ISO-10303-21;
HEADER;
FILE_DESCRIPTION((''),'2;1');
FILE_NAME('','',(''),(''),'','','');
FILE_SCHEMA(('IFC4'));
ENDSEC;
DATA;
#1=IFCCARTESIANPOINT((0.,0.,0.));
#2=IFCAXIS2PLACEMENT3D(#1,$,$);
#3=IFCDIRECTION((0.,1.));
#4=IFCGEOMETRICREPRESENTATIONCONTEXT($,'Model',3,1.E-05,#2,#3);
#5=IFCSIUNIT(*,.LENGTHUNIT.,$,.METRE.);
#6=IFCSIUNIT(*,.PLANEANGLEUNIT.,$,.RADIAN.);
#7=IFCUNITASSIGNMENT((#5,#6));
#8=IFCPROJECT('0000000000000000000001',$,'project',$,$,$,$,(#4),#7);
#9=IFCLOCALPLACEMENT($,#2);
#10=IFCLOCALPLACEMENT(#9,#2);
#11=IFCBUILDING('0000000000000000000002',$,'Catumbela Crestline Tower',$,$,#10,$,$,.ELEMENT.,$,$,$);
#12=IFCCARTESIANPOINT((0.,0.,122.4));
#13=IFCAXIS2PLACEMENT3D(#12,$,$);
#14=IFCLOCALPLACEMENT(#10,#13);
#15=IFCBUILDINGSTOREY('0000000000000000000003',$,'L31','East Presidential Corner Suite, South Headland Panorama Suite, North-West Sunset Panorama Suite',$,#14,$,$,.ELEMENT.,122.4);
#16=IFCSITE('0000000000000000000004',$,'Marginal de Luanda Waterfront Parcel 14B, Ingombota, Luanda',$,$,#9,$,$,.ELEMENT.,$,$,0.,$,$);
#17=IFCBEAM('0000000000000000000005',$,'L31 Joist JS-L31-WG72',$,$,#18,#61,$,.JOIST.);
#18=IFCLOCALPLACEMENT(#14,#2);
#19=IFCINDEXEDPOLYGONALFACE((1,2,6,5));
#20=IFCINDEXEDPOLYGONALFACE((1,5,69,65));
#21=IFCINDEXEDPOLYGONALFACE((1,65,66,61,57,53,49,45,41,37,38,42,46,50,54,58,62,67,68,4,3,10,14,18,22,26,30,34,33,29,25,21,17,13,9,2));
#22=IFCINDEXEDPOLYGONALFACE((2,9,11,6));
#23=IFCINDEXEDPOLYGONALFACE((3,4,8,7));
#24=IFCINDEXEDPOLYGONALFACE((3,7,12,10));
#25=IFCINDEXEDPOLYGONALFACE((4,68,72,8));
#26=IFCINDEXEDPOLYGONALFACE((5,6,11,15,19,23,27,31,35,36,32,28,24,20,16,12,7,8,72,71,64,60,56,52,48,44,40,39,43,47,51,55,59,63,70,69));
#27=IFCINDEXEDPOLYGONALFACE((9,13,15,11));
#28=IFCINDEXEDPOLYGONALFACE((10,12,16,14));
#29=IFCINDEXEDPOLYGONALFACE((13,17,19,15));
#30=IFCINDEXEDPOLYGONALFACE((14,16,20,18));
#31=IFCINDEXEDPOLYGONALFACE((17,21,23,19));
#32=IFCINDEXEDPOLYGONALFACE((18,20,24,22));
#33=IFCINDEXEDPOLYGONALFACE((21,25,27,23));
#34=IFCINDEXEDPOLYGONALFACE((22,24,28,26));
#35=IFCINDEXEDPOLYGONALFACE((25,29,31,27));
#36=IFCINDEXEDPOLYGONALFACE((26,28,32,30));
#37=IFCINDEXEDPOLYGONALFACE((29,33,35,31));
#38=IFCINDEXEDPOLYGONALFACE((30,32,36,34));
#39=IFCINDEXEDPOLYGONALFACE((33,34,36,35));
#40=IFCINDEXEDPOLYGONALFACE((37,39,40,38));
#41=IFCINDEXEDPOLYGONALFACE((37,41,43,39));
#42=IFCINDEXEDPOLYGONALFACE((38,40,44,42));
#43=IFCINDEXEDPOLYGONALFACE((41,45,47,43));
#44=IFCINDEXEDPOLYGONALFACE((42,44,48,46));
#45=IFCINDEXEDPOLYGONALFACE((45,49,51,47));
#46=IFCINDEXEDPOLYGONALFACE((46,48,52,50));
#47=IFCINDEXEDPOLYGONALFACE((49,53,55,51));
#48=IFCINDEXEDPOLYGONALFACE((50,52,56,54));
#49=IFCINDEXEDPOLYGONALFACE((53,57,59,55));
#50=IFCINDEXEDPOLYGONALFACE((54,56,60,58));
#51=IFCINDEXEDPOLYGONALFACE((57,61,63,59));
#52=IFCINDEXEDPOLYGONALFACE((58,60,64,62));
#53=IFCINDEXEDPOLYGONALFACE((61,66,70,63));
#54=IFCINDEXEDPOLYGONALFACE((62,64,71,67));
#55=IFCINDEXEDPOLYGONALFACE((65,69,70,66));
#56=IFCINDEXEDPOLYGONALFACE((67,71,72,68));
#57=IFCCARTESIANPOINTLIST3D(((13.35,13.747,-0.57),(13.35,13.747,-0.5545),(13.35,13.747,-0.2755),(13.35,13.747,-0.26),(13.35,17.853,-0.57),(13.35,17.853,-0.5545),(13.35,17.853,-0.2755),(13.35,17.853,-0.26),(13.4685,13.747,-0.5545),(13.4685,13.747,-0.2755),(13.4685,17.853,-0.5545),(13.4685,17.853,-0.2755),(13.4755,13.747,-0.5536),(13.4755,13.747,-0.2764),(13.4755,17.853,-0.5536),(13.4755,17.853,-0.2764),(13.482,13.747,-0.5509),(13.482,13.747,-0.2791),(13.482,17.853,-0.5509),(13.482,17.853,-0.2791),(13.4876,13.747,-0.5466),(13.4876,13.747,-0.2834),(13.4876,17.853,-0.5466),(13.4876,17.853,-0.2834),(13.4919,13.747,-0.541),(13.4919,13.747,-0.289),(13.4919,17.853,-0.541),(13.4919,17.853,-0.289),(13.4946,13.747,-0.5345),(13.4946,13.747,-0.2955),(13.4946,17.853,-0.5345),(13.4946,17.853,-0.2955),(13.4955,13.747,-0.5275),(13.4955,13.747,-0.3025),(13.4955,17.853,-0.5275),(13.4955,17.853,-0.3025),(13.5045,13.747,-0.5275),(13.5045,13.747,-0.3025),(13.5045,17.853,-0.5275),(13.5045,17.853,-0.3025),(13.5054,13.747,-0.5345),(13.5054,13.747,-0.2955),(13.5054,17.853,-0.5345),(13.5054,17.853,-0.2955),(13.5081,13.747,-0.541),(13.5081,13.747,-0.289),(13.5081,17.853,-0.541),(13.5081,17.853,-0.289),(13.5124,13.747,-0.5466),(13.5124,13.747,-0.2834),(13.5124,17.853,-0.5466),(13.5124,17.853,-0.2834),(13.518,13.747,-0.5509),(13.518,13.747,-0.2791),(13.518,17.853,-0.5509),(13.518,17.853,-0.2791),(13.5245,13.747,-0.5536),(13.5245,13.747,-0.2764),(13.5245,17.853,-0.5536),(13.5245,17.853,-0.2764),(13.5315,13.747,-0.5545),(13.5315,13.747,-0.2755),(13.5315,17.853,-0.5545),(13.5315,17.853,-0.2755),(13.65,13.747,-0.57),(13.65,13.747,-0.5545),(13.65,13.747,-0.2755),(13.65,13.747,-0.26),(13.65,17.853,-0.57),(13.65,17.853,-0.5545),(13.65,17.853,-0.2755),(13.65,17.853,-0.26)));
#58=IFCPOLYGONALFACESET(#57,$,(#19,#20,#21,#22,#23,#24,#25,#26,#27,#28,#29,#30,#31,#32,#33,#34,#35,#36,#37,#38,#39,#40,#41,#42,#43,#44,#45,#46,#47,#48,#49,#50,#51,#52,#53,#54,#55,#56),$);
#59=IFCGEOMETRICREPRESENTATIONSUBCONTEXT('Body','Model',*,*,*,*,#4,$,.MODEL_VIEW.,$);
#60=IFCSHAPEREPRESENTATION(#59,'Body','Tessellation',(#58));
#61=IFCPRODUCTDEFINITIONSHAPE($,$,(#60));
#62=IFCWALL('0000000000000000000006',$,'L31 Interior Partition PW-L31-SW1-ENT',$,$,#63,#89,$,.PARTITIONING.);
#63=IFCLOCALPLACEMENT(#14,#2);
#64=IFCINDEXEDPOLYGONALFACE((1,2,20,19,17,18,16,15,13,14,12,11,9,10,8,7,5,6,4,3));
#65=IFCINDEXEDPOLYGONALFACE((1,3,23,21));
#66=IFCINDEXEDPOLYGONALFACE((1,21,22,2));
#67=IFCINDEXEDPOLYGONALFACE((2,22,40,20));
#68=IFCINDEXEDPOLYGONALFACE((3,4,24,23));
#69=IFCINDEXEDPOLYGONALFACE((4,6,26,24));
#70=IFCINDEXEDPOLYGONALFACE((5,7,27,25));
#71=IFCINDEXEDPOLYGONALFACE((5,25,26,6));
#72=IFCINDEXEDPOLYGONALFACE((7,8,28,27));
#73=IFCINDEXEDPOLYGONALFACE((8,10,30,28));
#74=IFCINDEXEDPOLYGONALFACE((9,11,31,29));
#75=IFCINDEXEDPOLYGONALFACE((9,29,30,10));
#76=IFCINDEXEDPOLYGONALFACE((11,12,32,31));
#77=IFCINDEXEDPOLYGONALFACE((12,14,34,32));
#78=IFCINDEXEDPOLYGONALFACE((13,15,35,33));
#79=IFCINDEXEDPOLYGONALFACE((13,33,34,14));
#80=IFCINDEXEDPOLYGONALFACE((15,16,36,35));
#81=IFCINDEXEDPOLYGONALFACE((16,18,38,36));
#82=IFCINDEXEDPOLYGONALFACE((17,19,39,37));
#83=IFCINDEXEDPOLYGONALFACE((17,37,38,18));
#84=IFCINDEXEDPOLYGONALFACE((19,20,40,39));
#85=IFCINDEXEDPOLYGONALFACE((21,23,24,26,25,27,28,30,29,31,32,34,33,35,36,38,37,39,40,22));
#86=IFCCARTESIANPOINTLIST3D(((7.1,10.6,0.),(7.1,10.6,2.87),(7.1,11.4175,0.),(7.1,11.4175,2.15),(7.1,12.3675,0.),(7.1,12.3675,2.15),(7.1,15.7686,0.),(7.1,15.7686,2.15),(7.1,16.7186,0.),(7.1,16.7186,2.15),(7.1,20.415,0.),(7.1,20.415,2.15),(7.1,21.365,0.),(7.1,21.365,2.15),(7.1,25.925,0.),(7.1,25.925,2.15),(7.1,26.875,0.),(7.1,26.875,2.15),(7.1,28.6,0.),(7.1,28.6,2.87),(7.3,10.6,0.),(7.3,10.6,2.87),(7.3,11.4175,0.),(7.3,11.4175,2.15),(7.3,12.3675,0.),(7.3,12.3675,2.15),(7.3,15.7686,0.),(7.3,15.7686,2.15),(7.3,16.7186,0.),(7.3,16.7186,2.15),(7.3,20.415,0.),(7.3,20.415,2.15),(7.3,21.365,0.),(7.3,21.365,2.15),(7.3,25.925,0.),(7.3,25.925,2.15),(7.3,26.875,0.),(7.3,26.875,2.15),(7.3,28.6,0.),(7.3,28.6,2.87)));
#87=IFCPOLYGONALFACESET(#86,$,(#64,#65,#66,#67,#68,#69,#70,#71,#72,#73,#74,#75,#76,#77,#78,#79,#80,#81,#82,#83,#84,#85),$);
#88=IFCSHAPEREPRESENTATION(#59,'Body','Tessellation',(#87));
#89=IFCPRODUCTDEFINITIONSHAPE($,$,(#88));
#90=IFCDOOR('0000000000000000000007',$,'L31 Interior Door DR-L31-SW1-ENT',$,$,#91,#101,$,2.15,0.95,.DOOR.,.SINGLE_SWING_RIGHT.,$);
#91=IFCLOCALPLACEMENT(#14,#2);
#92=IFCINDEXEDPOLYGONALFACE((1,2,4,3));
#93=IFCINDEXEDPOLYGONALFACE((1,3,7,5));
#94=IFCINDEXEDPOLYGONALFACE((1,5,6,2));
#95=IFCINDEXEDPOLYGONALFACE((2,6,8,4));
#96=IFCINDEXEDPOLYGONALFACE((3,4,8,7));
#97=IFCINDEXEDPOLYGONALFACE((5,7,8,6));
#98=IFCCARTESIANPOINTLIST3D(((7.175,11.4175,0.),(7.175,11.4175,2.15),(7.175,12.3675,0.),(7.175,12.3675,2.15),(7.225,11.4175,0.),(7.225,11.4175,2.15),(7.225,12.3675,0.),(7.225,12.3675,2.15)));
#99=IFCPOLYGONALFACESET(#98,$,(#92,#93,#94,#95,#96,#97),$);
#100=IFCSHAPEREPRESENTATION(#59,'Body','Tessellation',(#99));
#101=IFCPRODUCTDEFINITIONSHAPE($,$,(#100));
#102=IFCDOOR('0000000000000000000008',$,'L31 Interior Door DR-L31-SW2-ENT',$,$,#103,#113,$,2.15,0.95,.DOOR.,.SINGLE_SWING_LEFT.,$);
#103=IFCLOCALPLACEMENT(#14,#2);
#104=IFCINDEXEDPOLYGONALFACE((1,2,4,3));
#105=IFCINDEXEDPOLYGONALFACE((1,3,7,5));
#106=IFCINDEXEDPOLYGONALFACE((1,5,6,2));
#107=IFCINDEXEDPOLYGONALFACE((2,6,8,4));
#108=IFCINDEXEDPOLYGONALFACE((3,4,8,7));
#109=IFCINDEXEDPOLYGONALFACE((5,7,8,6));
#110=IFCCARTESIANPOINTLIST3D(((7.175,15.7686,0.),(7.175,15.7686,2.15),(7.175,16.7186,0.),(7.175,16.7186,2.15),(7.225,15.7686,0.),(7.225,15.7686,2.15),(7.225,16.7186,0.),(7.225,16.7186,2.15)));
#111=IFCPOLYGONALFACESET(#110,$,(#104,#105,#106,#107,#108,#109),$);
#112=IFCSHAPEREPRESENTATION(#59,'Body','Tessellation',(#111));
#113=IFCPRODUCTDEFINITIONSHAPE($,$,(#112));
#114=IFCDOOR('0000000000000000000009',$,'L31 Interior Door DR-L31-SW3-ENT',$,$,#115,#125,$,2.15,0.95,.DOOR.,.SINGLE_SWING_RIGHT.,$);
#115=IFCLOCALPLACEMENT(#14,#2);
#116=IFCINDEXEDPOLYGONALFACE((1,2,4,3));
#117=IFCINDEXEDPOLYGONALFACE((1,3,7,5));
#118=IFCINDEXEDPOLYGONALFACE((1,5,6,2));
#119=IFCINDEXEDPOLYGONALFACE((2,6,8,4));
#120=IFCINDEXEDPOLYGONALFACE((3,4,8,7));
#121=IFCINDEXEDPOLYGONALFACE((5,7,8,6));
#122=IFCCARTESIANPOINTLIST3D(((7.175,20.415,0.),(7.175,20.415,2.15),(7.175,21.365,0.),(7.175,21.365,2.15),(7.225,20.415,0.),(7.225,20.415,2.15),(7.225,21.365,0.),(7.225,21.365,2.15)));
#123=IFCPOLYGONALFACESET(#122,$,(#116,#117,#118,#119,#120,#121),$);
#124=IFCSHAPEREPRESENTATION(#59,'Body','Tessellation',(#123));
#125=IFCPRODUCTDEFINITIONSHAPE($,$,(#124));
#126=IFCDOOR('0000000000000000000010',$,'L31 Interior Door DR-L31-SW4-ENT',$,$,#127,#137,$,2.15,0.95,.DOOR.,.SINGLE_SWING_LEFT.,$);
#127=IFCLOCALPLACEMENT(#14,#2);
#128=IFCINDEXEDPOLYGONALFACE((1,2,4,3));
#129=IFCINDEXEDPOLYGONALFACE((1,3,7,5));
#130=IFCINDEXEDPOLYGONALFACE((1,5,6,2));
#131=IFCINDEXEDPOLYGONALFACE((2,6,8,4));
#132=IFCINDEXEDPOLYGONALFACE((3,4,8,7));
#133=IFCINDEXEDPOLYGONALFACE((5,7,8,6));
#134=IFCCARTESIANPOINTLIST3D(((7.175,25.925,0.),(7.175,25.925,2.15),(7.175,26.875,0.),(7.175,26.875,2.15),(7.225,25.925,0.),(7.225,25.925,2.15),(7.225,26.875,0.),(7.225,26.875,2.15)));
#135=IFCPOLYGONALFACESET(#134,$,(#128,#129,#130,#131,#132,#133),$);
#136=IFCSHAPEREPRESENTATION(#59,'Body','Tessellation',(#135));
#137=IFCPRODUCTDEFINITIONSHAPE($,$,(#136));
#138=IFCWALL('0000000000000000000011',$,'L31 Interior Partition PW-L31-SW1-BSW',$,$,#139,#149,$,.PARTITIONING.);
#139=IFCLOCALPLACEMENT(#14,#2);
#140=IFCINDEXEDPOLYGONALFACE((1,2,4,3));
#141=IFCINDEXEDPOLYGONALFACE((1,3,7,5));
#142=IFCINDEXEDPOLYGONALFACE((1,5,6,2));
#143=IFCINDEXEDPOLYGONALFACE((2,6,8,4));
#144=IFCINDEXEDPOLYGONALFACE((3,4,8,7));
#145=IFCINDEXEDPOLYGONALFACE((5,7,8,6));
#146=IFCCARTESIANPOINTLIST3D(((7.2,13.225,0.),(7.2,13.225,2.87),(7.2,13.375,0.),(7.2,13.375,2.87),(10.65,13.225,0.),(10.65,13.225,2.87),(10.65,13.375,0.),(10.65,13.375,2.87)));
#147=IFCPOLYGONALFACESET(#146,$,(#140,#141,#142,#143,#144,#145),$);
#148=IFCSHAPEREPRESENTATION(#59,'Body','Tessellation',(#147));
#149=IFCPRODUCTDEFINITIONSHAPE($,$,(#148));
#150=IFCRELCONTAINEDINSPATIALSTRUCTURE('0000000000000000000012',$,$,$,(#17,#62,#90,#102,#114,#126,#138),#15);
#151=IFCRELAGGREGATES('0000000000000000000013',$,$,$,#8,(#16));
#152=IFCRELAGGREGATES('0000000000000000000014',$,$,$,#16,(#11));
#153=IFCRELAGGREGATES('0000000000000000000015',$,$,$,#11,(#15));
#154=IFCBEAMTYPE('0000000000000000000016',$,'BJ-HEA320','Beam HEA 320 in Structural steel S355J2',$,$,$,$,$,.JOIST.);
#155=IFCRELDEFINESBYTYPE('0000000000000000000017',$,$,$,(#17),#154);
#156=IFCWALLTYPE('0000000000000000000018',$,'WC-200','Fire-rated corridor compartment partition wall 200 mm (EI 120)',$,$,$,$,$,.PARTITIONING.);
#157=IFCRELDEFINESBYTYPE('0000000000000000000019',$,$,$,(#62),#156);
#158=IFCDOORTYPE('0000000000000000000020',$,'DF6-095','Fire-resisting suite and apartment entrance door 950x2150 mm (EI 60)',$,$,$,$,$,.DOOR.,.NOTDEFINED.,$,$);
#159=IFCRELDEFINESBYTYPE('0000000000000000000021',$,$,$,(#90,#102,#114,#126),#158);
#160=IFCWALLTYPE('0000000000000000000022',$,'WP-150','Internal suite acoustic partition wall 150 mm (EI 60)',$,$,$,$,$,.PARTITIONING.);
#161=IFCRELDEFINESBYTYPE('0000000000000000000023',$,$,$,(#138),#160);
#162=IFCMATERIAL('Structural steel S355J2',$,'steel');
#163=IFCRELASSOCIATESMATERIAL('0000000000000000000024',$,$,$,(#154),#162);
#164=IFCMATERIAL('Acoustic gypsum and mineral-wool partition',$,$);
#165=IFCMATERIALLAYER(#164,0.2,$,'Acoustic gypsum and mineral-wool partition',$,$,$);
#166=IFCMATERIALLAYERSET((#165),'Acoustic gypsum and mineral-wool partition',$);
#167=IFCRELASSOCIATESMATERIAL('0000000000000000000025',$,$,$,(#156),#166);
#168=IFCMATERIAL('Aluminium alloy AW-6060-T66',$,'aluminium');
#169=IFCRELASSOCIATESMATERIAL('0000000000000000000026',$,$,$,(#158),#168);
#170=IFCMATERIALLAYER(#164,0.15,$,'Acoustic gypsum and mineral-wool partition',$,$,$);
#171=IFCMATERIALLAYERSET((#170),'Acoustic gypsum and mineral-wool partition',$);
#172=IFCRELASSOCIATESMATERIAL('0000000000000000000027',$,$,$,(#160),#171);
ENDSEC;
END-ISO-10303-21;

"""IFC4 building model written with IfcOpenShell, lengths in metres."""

from ifc_helpers import new_model, si_unit, direction, frame, frame_2d, origin, origin_2d, place, context, subcontext, project, spatial, rectangle, i_section, extrude, material, layer, layer_set, material_profile, profile_set, type_object, element, fill, save


model = new_model("IFC4")

# Units and contexts
model_context = context("Model", 3, precision=1e-05, world=origin(), true_north=direction((0.0, 1.0)))
body_context = subcontext(model_context, "Body", "Model", "MODEL_VIEW")
ifc_project = project(units=[si_unit("LENGTHUNIT", "METRE"), si_unit("PLANEANGLEUNIT", "RADIAN")], contexts=[model_context])

# Site, building, storey
site_placement = place(None, origin())
site = spatial("IfcSite", under=ifc_project, at=site_placement, Name="Marginal de Luanda Waterfront Parcel 14B, Ingombota, Luanda", CompositionType="ELEMENT", RefElevation=0.0)
building_placement = place(site_placement, origin())
building = spatial("IfcBuilding", under=site, at=building_placement, Name="Catumbela Crestline Tower", CompositionType="ELEMENT")
storey_placement = place(building_placement, frame((0.0, 0.0, 122.4)))
storey = spatial("IfcBuildingStorey", under=building, at=storey_placement, Name="L31", Description="East Presidential Corner Suite, South Headland Panorama Suite, North-West Sunset Panorama Suite", CompositionType="ELEMENT", Elevation=122.4)

# Beam
ifc_material_1 = material(Name="Structural steel S355J2", Category="steel")
ifc_material_profile_1 = material_profile(ifc_material_1, i_section(OverallWidth=0.3, OverallDepth=0.31, WebThickness=0.009, FlangeThickness=0.0155, FilletRadius=0.027, at=origin_2d()), Name="HEA 320")
ifc_profile_set_1 = profile_set([ifc_material_profile_1], Name="Structural steel S355J2")
beam_type_1 = type_object("IfcBeamType", Name="BJ-HEA320", Description="Beam HEA 320 in Structural steel S355J2", PredefinedType="JOIST", material=ifc_profile_set_1)
for number, where, z_axis, x_axis, name in (
    (1, (13.5, 13.747, -0.415), (0.0, 1.0, 0.0), (-1.0, 0.0, 0.0), "L31 Joist JS-L31-WG72"),
):
    element("IfcBeam", number, at=place(storey_placement, frame(where, z_axis=z_axis, x_axis=x_axis)), inside=storey, type_object=beam_type_1, Name=name, PredefinedType="JOIST", context=body_context, shape_type="SweptSolid", body=[
        extrude(i_section(OverallWidth=0.3, OverallDepth=0.31, WebThickness=0.009, FlangeThickness=0.0155, FilletRadius=0.027, at=origin_2d()), origin(), (0.0, 0.0, 1.0), 4.106),
    ])

# Wall, openings, doors
ifc_material_2 = material(Name="Acoustic gypsum and mineral-wool partition")
ifc_layer_1 = layer(ifc_material_2, 0.2, Name="Acoustic gypsum and mineral-wool partition")
ifc_layer_set_1 = layer_set([ifc_layer_1], Name="Acoustic gypsum and mineral-wool partition")
wall_type_1 = type_object("IfcWallType", Name="WC-200", Description="Fire-rated corridor compartment partition wall 200 mm (EI 120)", PredefinedType="PARTITIONING", material=ifc_layer_set_1)
wall_1_placement = place(storey_placement, frame((7.2, 10.6, 0.0), z_axis=(0.0, 0.0, 1.0), x_axis=(0.0, 1.0, 0.0)))
wall_1 = element("IfcWall", 2, at=wall_1_placement, inside=storey, type_object=wall_type_1, Name="L31 Interior Partition PW-L31-SW1-ENT", PredefinedType="PARTITIONING", context=body_context, shape_type="SweptSolid", body=[
    extrude(rectangle(XDim=18.0, YDim=0.2, at=frame_2d((9.0, 0.0))), origin(), (0.0, 0.0, 1.0), 2.87),
])
opening_1_placement = place(wall_1_placement, frame((0.8175, 0.0, 0.0)))
opening_1 = element("IfcOpeningElement", 3, at=opening_1_placement, cuts=wall_1, PredefinedType="OPENING", context=body_context, shape_type="SweptSolid", body=[
    extrude(rectangle(XDim=0.95, YDim=2.15, at=frame_2d((0.475, 1.075))), frame((0.0, 0.11, 0.0), z_axis=(0.0, -1.0, 0.0), x_axis=(1.0, 0.0, 0.0)), (0.0, 0.0, 1.0), 0.22),
])
opening_2_placement = place(wall_1_placement, frame((5.1686, 0.0, 0.0)))
opening_2 = element("IfcOpeningElement", 4, at=opening_2_placement, cuts=wall_1, PredefinedType="OPENING", context=body_context, shape_type="SweptSolid", body=[
    extrude(rectangle(XDim=0.95, YDim=2.15, at=frame_2d((0.475, 1.075))), frame((0.0, 0.11, 0.0), z_axis=(0.0, -1.0, 0.0), x_axis=(1.0, 0.0, 0.0)), (0.0, 0.0, 1.0), 0.22),
])
opening_3_placement = place(wall_1_placement, frame((9.815, 0.0, 0.0)))
opening_3 = element("IfcOpeningElement", 5, at=opening_3_placement, cuts=wall_1, PredefinedType="OPENING", context=body_context, shape_type="SweptSolid", body=[
    extrude(rectangle(XDim=0.95, YDim=2.15, at=frame_2d((0.475, 1.075))), frame((0.0, 0.11, 0.0), z_axis=(0.0, -1.0, 0.0), x_axis=(1.0, 0.0, 0.0)), (0.0, 0.0, 1.0), 0.22),
])
opening_4_placement = place(wall_1_placement, frame((15.325, 0.0, 0.0)))
opening_4 = element("IfcOpeningElement", 6, at=opening_4_placement, cuts=wall_1, PredefinedType="OPENING", context=body_context, shape_type="SweptSolid", body=[
    extrude(rectangle(XDim=0.95, YDim=2.15, at=frame_2d((0.475, 1.075))), frame((0.0, 0.11, 0.0), z_axis=(0.0, -1.0, 0.0), x_axis=(1.0, 0.0, 0.0)), (0.0, 0.0, 1.0), 0.22),
])
ifc_material_3 = material(Name="Aluminium alloy AW-6060-T66", Category="aluminium")
door_type_1 = type_object("IfcDoorType", Name="DF6-095", Description="Fire-resisting suite and apartment entrance door 950x2150 mm (EI 60)", OperationType="NOTDEFINED", PredefinedType="DOOR", material=ifc_material_3)
door_1_placement = place(opening_1_placement, origin())
door_1 = element("IfcDoor", 7, at=door_1_placement, inside=storey, type_object=door_type_1, Name="L31 Interior Door DR-L31-SW1-ENT", OperationType="SINGLE_SWING_RIGHT", OverallHeight=2.15, OverallWidth=0.95, PredefinedType="DOOR", context=body_context, shape_type="SweptSolid", body=[
    extrude(rectangle(XDim=0.95, YDim=2.15, at=frame_2d((0.475, 1.075))), frame((0.0, 0.025, 0.0), z_axis=(0.0, -1.0, 0.0), x_axis=(1.0, 0.0, 0.0)), (0.0, 0.0, 1.0), 0.05),
])
fill(opening_1, door_1)
door_2_placement = place(opening_2_placement, origin())
door_2 = element("IfcDoor", 8, at=door_2_placement, inside=storey, type_object=door_type_1, Name="L31 Interior Door DR-L31-SW2-ENT", OperationType="SINGLE_SWING_LEFT", OverallHeight=2.15, OverallWidth=0.95, PredefinedType="DOOR", context=body_context, shape_type="SweptSolid", body=[
    extrude(rectangle(XDim=0.95, YDim=2.15, at=frame_2d((0.475, 1.075))), frame((0.0, 0.025, 0.0), z_axis=(0.0, -1.0, 0.0), x_axis=(1.0, 0.0, 0.0)), (0.0, 0.0, 1.0), 0.05),
])
fill(opening_2, door_2)
door_3_placement = place(opening_3_placement, origin())
door_3 = element("IfcDoor", 9, at=door_3_placement, inside=storey, type_object=door_type_1, Name="L31 Interior Door DR-L31-SW3-ENT", OperationType="SINGLE_SWING_RIGHT", OverallHeight=2.15, OverallWidth=0.95, PredefinedType="DOOR", context=body_context, shape_type="SweptSolid", body=[
    extrude(rectangle(XDim=0.95, YDim=2.15, at=frame_2d((0.475, 1.075))), frame((0.0, 0.025, 0.0), z_axis=(0.0, -1.0, 0.0), x_axis=(1.0, 0.0, 0.0)), (0.0, 0.0, 1.0), 0.05),
])
fill(opening_3, door_3)
door_4_placement = place(opening_4_placement, origin())
door_4 = element("IfcDoor", 10, at=door_4_placement, inside=storey, type_object=door_type_1, Name="L31 Interior Door DR-L31-SW4-ENT", OperationType="SINGLE_SWING_LEFT", OverallHeight=2.15, OverallWidth=0.95, PredefinedType="DOOR", context=body_context, shape_type="SweptSolid", body=[
    extrude(rectangle(XDim=0.95, YDim=2.15, at=frame_2d((0.475, 1.075))), frame((0.0, 0.025, 0.0), z_axis=(0.0, -1.0, 0.0), x_axis=(1.0, 0.0, 0.0)), (0.0, 0.0, 1.0), 0.05),
])
fill(opening_4, door_4)

# Wall
ifc_layer_2 = layer(ifc_material_2, 0.15, Name="Acoustic gypsum and mineral-wool partition")
ifc_layer_set_2 = layer_set([ifc_layer_2], Name="Acoustic gypsum and mineral-wool partition")
wall_type_2 = type_object("IfcWallType", Name="WP-150", Description="Internal suite acoustic partition wall 150 mm (EI 60)", PredefinedType="PARTITIONING", material=ifc_layer_set_2)
wall_2_placement = place(storey_placement, frame((7.2, 13.3, 0.0), z_axis=(0.0, 0.0, 1.0), x_axis=(1.0, 0.0, 0.0)))
element("IfcWall", 11, at=wall_2_placement, inside=storey, type_object=wall_type_2, Name="L31 Interior Partition PW-L31-SW1-BSW", PredefinedType="PARTITIONING", context=body_context, shape_type="SweptSolid", body=[
    extrude(rectangle(XDim=3.45, YDim=0.15, at=frame_2d((1.725, 0.0))), origin(), (0.0, 0.0, 1.0), 2.87),
])

save(model, "model.ifc")
